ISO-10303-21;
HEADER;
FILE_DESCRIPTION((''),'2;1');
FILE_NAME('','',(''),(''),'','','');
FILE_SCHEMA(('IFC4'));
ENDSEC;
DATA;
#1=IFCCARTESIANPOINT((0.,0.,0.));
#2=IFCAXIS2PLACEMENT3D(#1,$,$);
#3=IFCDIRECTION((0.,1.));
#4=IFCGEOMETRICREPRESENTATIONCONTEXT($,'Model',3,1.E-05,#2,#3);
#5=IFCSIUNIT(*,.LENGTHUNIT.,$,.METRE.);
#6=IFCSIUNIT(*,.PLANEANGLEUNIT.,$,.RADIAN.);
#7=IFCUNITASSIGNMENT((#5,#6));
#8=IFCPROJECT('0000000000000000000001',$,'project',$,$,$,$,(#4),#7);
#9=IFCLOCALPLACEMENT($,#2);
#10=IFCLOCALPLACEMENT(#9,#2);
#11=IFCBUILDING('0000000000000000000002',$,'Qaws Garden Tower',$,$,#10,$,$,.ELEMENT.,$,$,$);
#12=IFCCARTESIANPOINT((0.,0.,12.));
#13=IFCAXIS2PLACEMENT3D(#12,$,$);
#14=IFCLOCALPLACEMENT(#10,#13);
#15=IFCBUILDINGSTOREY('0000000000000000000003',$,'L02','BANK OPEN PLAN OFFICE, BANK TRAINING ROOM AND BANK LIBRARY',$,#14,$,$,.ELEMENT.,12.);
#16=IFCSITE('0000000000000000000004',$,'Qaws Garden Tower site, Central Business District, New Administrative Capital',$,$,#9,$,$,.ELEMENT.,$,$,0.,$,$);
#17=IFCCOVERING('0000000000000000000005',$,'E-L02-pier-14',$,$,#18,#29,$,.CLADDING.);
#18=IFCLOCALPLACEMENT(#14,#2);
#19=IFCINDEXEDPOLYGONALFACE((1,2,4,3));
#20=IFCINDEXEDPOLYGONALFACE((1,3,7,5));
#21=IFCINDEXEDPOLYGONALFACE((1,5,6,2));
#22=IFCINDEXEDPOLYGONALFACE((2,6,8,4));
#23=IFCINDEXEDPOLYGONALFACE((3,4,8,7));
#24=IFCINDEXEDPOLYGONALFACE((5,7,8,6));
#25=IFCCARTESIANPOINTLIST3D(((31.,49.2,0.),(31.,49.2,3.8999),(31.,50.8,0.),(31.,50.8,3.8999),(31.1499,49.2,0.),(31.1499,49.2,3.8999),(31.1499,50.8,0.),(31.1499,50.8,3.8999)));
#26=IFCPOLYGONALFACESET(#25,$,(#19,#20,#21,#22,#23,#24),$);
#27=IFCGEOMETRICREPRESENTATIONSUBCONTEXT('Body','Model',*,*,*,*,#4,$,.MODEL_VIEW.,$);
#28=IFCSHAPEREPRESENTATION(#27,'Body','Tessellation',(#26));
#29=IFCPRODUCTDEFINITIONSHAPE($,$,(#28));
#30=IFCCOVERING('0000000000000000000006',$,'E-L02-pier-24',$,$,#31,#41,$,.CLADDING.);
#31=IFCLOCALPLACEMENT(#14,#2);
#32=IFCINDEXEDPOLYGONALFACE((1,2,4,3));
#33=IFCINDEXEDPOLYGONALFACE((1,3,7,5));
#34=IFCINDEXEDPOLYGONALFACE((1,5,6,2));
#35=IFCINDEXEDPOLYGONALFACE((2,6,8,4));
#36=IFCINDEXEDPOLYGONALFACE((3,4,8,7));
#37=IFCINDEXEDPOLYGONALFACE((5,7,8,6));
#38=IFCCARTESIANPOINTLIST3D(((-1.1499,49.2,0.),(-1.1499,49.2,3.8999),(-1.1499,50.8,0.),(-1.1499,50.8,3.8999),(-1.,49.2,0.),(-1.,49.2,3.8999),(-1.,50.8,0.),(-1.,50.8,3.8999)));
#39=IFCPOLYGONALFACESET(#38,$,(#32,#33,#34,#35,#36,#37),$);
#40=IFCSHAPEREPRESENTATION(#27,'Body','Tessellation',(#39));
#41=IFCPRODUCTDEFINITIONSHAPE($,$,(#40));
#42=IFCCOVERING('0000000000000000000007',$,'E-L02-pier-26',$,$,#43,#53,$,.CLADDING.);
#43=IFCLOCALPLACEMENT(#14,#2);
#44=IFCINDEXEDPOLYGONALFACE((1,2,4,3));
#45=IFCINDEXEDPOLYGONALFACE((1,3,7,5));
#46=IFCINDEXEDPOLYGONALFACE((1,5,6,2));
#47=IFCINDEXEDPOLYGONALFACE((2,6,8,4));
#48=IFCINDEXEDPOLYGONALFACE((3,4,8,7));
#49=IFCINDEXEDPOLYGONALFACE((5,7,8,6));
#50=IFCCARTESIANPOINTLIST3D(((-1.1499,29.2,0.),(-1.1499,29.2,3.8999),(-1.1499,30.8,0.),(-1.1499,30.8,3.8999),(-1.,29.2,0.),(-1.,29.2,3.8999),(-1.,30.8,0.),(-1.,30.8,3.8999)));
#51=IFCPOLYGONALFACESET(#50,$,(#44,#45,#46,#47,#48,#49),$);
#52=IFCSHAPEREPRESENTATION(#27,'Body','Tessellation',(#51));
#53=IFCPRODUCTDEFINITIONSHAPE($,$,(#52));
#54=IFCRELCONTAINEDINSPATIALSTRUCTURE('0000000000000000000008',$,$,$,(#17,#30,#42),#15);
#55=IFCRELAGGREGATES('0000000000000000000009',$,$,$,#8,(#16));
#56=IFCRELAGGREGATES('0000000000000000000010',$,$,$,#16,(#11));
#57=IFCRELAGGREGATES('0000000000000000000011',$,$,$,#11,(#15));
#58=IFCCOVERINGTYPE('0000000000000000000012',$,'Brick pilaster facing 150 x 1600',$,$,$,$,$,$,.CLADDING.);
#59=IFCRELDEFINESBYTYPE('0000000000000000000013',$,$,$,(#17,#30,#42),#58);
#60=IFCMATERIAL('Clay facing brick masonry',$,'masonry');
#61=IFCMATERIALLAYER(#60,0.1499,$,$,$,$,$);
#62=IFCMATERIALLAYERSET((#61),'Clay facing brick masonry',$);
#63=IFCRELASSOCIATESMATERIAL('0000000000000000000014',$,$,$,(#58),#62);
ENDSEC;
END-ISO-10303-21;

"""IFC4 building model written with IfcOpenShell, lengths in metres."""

from ifc_helpers import new_model, si_unit, direction, frame, origin, place, context, subcontext, project, spatial, polyline, outline, extrude, material, layer, layer_set, type_object, element, save


model = new_model("IFC4")

# Units and contexts
model_context = context("Model", 3, precision=1e-05, world=origin(), true_north=direction((0.0, 1.0)))
body_context = subcontext(model_context, "Body", "Model", "MODEL_VIEW")
ifc_project = project(units=[si_unit("LENGTHUNIT", "METRE"), si_unit("PLANEANGLEUNIT", "RADIAN")], contexts=[model_context])

# Site, building, storey
site_placement = place(None, origin())
site = spatial("IfcSite", under=ifc_project, at=site_placement, Name="Qaws Garden Tower site, Central Business District, New Administrative Capital", CompositionType="ELEMENT", RefElevation=0.0)
building_placement = place(site_placement, origin())
building = spatial("IfcBuilding", under=site, at=building_placement, Name="Qaws Garden Tower", CompositionType="ELEMENT")
storey_placement = place(building_placement, frame((0.0, 0.0, 12.0)))
storey = spatial("IfcBuildingStorey", under=building, at=storey_placement, Name="L02", Description="BANK OPEN PLAN OFFICE, BANK TRAINING ROOM AND BANK LIBRARY", CompositionType="ELEMENT", Elevation=12.0)

# Shared definitions
placement = place(storey_placement, origin())

# Coverings
ifc_material_1 = material(Name="Clay facing brick masonry", Category="masonry")
ifc_layer_1 = layer(ifc_material_1, 0.1499)
ifc_layer_set_1 = layer_set([ifc_layer_1], Name="Clay facing brick masonry")
covering_type = type_object("IfcCoveringType", Name="Brick pilaster facing 150 x 1600", PredefinedType="CLADDING", material=ifc_layer_set_1)
element("IfcCovering", 1, at=placement, inside=storey, type_object=covering_type, Name="E-L02-pier-14", PredefinedType="CLADDING", context=body_context, shape_type="SweptSolid", body=[
    extrude(outline(polyline([(31.0, 49.2), (31.0, 50.8), (31.1499, 50.8), (31.1499, 49.2), (31.0, 49.2)])), origin(), (0.0, 0.0, 1.0), 3.8999),
])
element("IfcCovering", 2, at=placement, inside=storey, type_object=covering_type, Name="E-L02-pier-24", PredefinedType="CLADDING", context=body_context, shape_type="SweptSolid", body=[
    extrude(outline(polyline([(-1.0, 50.8), (-1.0, 49.2), (-1.1499, 49.2), (-1.1499, 50.8), (-1.0, 50.8)])), origin(), (0.0, 0.0, 1.0), 3.8999),
])
element("IfcCovering", 3, at=placement, inside=storey, type_object=covering_type, Name="E-L02-pier-26", PredefinedType="CLADDING", context=body_context, shape_type="SweptSolid", body=[
    extrude(outline(polyline([(-1.0, 30.8), (-1.0, 29.2), (-1.1499, 29.2), (-1.1499, 30.8), (-1.0, 30.8)])), origin(), (0.0, 0.0, 1.0), 3.8999),
])

save(model, "model.ifc")
